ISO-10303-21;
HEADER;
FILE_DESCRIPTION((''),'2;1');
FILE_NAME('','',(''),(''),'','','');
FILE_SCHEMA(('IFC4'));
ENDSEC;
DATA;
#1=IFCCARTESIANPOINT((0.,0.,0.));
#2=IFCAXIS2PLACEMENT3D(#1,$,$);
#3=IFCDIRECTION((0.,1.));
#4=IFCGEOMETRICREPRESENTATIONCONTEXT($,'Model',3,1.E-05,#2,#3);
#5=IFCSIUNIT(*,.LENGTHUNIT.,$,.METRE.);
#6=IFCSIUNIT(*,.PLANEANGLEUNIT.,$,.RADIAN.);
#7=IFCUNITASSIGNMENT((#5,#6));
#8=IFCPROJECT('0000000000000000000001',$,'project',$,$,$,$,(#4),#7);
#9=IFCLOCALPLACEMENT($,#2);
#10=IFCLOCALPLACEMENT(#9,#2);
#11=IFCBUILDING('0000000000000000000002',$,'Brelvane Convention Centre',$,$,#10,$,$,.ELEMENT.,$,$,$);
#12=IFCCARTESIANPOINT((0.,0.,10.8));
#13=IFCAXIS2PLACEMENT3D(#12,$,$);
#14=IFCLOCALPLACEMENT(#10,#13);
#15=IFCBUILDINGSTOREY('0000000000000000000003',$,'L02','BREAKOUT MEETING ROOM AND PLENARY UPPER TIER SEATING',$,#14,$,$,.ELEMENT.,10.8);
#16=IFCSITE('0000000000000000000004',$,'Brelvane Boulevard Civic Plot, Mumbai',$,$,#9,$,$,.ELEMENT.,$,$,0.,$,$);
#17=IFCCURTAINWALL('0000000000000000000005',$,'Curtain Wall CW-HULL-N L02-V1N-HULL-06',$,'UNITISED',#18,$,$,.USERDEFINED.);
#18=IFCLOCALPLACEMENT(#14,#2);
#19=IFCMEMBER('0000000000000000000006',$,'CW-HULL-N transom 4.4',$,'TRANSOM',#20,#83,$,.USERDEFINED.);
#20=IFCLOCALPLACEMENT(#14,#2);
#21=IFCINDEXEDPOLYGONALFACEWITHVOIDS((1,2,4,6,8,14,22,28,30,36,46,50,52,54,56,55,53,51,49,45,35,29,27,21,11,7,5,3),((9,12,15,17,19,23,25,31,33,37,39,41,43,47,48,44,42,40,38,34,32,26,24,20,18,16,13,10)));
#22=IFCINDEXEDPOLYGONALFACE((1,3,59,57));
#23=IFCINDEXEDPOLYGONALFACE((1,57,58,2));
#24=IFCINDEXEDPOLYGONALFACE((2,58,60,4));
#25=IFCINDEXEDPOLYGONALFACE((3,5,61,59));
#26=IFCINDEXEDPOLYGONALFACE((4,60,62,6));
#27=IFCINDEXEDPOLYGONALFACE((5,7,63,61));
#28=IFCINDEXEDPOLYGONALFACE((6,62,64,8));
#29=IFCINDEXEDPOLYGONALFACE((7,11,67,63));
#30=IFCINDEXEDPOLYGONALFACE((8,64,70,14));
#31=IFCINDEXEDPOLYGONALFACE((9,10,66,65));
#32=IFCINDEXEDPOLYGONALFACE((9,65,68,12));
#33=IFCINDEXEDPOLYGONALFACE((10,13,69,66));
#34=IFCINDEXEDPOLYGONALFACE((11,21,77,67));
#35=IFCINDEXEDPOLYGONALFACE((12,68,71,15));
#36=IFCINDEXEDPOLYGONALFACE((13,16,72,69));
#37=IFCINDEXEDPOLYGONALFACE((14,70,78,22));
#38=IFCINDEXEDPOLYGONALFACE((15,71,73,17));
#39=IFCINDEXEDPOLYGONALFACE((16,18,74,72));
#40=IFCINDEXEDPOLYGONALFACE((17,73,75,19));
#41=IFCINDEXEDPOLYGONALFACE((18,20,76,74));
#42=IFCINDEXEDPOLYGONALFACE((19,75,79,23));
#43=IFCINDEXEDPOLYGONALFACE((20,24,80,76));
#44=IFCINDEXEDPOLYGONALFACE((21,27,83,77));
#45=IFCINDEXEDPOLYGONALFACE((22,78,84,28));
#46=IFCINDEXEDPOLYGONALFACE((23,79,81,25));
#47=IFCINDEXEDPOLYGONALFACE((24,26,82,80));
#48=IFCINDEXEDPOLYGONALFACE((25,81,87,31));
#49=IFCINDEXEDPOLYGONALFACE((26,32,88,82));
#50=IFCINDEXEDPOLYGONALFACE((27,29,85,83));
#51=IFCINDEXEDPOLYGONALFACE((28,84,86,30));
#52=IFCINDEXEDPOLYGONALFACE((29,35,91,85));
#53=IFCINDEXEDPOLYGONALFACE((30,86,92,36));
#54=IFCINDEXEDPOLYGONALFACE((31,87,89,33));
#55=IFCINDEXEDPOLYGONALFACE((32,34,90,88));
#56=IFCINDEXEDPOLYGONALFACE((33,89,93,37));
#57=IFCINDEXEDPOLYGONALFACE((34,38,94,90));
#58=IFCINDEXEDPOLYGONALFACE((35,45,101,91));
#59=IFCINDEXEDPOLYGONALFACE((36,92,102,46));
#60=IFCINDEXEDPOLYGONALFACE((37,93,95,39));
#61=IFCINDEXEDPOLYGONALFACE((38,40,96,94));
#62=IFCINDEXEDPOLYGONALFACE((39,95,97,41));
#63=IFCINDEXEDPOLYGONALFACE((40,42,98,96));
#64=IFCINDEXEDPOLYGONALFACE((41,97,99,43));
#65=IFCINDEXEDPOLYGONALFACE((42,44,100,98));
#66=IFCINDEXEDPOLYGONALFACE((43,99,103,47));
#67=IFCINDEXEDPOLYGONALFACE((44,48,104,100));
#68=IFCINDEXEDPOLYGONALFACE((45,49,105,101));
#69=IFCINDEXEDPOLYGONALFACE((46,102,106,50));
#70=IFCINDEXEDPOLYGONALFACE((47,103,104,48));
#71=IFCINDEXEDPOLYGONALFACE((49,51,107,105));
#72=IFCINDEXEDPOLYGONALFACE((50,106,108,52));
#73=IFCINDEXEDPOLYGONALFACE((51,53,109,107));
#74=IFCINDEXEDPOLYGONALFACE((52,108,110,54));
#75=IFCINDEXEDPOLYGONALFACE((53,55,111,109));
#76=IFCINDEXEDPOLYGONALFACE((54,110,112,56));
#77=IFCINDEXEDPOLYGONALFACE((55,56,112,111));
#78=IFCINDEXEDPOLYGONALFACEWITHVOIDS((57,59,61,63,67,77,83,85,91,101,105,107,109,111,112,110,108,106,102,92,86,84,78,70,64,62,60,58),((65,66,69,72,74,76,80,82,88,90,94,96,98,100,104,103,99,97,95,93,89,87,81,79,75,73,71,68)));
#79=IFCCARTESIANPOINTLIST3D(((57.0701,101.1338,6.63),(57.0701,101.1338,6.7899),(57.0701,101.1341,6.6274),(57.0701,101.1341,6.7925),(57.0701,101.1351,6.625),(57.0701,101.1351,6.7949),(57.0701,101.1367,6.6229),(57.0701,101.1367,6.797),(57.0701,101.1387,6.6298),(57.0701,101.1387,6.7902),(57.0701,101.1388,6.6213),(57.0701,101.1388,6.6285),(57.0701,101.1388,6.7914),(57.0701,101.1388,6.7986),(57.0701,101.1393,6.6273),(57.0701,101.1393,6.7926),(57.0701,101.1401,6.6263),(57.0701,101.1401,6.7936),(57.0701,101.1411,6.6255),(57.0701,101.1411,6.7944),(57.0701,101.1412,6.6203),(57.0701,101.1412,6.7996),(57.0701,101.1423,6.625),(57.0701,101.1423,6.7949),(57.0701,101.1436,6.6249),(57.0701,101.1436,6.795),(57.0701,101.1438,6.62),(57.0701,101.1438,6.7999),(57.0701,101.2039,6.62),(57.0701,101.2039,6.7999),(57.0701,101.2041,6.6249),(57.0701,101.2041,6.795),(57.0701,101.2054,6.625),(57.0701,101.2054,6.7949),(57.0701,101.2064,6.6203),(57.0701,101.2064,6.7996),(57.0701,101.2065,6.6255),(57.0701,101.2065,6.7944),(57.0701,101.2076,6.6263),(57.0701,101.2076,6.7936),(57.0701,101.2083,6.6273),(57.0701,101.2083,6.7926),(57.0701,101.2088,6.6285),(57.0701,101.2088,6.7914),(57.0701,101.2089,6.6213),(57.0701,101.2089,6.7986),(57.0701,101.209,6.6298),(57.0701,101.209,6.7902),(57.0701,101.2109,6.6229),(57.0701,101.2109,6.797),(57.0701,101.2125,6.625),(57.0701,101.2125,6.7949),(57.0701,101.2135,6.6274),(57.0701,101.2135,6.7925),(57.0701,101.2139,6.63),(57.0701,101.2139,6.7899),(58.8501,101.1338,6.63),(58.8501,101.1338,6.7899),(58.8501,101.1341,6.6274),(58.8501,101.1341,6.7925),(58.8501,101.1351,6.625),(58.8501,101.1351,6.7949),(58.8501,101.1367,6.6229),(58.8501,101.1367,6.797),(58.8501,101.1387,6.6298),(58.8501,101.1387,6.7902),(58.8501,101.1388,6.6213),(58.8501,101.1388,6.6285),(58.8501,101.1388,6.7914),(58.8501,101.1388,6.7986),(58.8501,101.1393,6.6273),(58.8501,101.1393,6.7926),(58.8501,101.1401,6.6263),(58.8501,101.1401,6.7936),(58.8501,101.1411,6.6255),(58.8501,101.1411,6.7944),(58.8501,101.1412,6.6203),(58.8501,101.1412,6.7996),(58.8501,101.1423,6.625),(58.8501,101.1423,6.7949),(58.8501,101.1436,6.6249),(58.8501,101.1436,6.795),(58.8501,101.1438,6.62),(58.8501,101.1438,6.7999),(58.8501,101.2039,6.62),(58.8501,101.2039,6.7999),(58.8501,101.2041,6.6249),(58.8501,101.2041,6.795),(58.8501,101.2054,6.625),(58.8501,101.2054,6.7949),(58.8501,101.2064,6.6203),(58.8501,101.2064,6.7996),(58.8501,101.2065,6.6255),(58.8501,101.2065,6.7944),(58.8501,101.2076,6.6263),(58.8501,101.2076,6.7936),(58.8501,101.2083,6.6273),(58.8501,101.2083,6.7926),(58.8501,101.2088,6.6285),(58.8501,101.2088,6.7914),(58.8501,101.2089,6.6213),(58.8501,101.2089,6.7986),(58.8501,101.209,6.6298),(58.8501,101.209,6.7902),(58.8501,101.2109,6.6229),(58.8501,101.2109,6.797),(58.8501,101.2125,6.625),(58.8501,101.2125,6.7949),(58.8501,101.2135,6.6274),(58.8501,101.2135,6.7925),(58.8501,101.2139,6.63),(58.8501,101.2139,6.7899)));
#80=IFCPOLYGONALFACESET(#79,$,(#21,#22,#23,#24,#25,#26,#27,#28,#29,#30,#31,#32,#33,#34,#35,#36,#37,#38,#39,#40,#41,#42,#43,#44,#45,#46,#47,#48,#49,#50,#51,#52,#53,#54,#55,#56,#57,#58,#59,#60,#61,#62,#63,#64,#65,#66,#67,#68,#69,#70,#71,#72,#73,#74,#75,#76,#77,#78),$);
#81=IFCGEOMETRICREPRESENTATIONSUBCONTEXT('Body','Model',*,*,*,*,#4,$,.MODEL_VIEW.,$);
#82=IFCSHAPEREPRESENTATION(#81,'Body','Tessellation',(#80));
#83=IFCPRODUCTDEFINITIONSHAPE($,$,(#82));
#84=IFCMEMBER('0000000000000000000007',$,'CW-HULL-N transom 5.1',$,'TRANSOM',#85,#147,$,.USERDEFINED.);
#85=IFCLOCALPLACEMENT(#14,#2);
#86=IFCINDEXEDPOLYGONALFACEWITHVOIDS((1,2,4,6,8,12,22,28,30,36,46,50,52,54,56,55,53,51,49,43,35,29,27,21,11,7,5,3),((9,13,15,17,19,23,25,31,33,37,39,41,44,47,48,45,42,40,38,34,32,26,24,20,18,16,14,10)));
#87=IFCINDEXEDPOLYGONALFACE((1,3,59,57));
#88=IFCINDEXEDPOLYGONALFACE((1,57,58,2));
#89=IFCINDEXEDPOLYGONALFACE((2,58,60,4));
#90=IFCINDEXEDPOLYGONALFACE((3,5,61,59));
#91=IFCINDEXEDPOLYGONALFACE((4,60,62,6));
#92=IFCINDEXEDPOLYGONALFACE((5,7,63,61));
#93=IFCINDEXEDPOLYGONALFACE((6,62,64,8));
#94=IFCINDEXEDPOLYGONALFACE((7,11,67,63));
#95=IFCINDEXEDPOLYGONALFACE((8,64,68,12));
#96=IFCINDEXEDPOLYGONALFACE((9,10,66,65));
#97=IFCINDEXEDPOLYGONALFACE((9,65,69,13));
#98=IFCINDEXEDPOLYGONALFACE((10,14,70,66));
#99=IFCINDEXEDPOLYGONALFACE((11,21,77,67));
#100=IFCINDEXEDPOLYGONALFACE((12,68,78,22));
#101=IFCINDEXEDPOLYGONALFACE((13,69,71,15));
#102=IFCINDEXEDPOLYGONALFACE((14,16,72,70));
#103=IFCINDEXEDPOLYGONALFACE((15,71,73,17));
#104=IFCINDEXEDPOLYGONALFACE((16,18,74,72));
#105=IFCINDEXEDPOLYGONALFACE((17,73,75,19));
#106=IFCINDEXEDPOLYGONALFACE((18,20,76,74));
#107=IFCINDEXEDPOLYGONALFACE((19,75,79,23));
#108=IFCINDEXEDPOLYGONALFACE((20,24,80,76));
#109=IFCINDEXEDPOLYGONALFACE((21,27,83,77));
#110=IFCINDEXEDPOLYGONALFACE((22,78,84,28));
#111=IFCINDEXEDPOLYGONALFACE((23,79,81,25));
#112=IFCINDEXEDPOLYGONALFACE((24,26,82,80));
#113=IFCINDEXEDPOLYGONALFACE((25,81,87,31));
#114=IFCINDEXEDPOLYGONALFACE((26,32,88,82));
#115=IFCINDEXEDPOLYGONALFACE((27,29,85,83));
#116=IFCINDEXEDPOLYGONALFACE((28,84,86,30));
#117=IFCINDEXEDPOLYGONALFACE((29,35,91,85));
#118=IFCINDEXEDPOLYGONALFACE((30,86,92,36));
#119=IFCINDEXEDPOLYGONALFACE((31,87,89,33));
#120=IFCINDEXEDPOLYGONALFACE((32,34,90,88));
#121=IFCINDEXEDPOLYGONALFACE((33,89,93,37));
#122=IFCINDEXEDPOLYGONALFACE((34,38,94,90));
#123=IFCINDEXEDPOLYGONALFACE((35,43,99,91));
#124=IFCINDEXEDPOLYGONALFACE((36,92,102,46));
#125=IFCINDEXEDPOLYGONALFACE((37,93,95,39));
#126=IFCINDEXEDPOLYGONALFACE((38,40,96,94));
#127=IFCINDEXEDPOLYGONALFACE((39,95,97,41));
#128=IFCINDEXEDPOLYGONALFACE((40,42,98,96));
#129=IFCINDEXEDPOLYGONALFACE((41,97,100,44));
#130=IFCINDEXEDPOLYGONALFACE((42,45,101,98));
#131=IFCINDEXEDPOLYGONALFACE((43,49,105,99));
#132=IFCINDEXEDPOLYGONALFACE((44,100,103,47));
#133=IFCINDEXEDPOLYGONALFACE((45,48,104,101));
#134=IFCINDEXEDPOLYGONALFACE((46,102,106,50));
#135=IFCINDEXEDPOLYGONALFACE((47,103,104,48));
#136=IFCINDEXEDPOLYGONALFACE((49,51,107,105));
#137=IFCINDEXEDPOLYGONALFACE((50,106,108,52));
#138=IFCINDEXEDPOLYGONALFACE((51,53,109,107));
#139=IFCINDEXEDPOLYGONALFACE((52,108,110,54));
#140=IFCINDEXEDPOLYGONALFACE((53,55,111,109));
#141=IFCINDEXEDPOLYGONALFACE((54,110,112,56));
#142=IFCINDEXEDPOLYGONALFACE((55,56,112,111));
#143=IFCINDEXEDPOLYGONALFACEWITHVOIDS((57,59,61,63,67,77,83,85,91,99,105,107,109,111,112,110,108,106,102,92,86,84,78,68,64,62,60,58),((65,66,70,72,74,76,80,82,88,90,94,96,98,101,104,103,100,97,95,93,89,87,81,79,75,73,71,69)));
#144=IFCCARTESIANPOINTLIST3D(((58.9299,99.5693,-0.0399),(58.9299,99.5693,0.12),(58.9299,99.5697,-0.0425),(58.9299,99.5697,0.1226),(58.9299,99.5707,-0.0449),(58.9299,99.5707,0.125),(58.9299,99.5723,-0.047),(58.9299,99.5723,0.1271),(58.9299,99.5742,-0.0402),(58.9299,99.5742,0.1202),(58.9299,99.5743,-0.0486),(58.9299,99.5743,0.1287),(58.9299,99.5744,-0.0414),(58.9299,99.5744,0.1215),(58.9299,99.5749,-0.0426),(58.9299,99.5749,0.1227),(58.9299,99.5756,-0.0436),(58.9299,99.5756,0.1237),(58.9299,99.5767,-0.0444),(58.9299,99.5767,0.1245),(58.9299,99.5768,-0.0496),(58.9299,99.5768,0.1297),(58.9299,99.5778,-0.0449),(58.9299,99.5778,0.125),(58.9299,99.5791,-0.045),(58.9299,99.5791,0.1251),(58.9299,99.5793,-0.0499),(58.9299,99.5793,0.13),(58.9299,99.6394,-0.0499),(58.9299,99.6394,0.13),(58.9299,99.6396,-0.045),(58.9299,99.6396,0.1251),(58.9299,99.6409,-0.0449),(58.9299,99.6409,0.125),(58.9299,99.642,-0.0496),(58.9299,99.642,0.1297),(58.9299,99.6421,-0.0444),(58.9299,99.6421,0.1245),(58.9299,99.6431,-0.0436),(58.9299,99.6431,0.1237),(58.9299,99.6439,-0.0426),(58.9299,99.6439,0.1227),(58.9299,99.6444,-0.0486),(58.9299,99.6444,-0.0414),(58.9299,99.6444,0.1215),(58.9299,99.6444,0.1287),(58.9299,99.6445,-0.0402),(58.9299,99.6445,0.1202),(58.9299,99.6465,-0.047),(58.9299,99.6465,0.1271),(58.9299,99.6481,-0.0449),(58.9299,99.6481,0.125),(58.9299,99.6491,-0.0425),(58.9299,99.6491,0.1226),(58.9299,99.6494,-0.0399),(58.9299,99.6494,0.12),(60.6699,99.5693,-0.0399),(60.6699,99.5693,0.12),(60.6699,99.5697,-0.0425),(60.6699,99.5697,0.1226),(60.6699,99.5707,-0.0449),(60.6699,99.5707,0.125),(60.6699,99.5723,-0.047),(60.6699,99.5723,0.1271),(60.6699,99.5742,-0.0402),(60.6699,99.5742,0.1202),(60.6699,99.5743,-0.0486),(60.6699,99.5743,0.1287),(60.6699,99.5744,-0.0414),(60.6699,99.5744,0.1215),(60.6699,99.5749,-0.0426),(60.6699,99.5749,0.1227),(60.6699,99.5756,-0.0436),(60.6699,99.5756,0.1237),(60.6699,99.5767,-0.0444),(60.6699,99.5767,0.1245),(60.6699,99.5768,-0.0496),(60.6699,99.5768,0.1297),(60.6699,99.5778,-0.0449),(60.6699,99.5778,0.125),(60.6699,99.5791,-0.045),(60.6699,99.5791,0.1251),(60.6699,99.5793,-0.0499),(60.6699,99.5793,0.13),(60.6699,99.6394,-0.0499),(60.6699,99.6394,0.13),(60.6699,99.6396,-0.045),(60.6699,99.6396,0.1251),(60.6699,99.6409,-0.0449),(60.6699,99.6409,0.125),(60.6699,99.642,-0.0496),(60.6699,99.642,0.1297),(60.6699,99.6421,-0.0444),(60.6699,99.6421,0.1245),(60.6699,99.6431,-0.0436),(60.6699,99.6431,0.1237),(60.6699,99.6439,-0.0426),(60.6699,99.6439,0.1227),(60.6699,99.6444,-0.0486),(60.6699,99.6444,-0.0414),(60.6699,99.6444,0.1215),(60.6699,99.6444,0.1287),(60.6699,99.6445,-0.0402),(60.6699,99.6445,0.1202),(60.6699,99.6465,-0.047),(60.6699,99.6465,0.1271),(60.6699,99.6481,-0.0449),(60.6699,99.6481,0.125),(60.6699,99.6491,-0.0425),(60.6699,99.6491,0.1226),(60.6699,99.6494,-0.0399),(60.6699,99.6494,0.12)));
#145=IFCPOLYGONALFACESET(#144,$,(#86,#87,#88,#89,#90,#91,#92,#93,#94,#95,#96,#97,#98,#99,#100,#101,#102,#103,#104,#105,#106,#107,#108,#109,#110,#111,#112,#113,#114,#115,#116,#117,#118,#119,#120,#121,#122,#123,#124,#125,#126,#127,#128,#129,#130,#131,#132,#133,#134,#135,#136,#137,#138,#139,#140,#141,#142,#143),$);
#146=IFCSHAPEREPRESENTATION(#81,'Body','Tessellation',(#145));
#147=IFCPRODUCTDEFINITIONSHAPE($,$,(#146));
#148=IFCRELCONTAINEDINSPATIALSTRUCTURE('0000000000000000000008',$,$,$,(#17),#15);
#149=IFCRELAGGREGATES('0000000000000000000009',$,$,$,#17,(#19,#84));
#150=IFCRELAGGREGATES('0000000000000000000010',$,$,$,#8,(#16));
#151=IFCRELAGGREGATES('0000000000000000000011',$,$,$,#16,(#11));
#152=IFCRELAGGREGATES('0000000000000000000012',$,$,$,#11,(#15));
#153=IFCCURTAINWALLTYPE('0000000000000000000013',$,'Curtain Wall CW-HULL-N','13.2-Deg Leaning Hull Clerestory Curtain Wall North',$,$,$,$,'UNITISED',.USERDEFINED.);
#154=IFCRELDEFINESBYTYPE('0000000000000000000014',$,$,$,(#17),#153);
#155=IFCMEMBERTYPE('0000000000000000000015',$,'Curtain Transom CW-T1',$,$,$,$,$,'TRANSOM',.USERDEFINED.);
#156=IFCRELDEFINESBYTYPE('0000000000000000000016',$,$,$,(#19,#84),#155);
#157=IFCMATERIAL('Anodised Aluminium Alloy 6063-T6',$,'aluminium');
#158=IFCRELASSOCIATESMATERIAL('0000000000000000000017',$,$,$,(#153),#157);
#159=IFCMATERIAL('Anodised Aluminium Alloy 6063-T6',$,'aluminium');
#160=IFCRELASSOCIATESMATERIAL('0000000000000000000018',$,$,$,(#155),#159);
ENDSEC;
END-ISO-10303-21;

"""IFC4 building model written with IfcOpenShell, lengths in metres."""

from ifc_helpers import new_model, si_unit, direction, frame, origin, origin_2d, place, context, subcontext, project, spatial, hollow_rectangle, extrude, material, material_profile, profile_set, type_object, element, aggregate, save


model = new_model("IFC4")

# Units and contexts
model_context = context("Model", 3, precision=1e-05, world=origin(), true_north=direction((0.0, 1.0)))
body_context = subcontext(model_context, "Body", "Model", "MODEL_VIEW")
ifc_project = project(units=[si_unit("LENGTHUNIT", "METRE"), si_unit("PLANEANGLEUNIT", "RADIAN")], contexts=[model_context])

# Site, building, storey
site_placement = place(None, origin())
site = spatial("IfcSite", under=ifc_project, at=site_placement, Name="Brelvane Boulevard Civic Plot, Mumbai", CompositionType="ELEMENT", RefElevation=0.0)
building_placement = place(site_placement, origin())
building = spatial("IfcBuilding", under=site, at=building_placement, Name="Brelvane Convention Centre", CompositionType="ELEMENT")
storey_placement = place(building_placement, frame((0.0, 0.0, 10.8)))
storey = spatial("IfcBuildingStorey", under=building, at=storey_placement, Name="L02", Description="BREAKOUT MEETING ROOM AND PLENARY UPPER TIER SEATING", CompositionType="ELEMENT", Elevation=10.8)

# Curtain wall
ifc_material_1 = material(Name="Anodised Aluminium Alloy 6063-T6", Category="aluminium")
curtain_wall_type_1 = type_object("IfcCurtainWallType", Name="Curtain Wall CW-HULL-N", Description="13.2-Deg Leaning Hull Clerestory Curtain Wall North", ElementType="UNITISED", PredefinedType="USERDEFINED", material=ifc_material_1)
curtain_wall_1_placement = place(storey_placement, origin())
curtain_wall_1 = element("IfcCurtainWall", 1, at=curtain_wall_1_placement, inside=storey, type_object=curtain_wall_type_1, Name="Curtain Wall CW-HULL-N L02-V1N-HULL-06", ObjectType="UNITISED", PredefinedType="USERDEFINED")

# Members
ifc_material_2 = material(Name="Anodised Aluminium Alloy 6063-T6", Category="aluminium")
ifc_material_profile_1 = material_profile(ifc_material_2, hollow_rectangle(XDim=0.0801, YDim=0.1799, WallThickness=0.0049, InnerFilletRadius=0.0049, OuterFilletRadius=0.01, at=origin_2d()), Name="ALU-T 180x80x5.0")
ifc_profile_set_1 = profile_set([ifc_material_profile_1], Name="Anodised Aluminium Alloy 6063-T6")
member_type_1 = type_object("IfcMemberType", Name="Curtain Transom CW-T1", ElementType="TRANSOM", PredefinedType="USERDEFINED", material=ifc_profile_set_1)
member_1_placement = place(storey_placement, frame((57.0701, 101.1738, 6.71), z_axis=(1.0, 0.0, 0.0), x_axis=(0.0, 1.0, 0.0)))
member_1 = element("IfcMember", 2, at=member_1_placement, type_object=member_type_1, Name="CW-HULL-N transom 4.4", ObjectType="TRANSOM", PredefinedType="USERDEFINED", context=body_context, shape_type="SweptSolid", body=[
    extrude(hollow_rectangle(XDim=0.0801, YDim=0.1799, WallThickness=0.0049, InnerFilletRadius=0.0049, OuterFilletRadius=0.01, at=origin_2d()), origin(), (0.0, 0.0, 1.0), 1.78),
])
member_2_placement = place(storey_placement, frame((58.9299, 99.6094, 0.04), z_axis=(1.0, 0.0, 0.0), x_axis=(0.0, 1.0, 0.0)))
member_2 = element("IfcMember", 3, at=member_2_placement, type_object=member_type_1, Name="CW-HULL-N transom 5.1", ObjectType="TRANSOM", PredefinedType="USERDEFINED", context=body_context, shape_type="SweptSolid", body=[
    extrude(hollow_rectangle(XDim=0.0801, YDim=0.1799, WallThickness=0.0049, InnerFilletRadius=0.0049, OuterFilletRadius=0.01, at=origin_2d()), origin(), (0.0, 0.0, 1.0), 1.74),
])

aggregate(curtain_wall_1, [member_1, member_2])

save(model, "model.ifc")
